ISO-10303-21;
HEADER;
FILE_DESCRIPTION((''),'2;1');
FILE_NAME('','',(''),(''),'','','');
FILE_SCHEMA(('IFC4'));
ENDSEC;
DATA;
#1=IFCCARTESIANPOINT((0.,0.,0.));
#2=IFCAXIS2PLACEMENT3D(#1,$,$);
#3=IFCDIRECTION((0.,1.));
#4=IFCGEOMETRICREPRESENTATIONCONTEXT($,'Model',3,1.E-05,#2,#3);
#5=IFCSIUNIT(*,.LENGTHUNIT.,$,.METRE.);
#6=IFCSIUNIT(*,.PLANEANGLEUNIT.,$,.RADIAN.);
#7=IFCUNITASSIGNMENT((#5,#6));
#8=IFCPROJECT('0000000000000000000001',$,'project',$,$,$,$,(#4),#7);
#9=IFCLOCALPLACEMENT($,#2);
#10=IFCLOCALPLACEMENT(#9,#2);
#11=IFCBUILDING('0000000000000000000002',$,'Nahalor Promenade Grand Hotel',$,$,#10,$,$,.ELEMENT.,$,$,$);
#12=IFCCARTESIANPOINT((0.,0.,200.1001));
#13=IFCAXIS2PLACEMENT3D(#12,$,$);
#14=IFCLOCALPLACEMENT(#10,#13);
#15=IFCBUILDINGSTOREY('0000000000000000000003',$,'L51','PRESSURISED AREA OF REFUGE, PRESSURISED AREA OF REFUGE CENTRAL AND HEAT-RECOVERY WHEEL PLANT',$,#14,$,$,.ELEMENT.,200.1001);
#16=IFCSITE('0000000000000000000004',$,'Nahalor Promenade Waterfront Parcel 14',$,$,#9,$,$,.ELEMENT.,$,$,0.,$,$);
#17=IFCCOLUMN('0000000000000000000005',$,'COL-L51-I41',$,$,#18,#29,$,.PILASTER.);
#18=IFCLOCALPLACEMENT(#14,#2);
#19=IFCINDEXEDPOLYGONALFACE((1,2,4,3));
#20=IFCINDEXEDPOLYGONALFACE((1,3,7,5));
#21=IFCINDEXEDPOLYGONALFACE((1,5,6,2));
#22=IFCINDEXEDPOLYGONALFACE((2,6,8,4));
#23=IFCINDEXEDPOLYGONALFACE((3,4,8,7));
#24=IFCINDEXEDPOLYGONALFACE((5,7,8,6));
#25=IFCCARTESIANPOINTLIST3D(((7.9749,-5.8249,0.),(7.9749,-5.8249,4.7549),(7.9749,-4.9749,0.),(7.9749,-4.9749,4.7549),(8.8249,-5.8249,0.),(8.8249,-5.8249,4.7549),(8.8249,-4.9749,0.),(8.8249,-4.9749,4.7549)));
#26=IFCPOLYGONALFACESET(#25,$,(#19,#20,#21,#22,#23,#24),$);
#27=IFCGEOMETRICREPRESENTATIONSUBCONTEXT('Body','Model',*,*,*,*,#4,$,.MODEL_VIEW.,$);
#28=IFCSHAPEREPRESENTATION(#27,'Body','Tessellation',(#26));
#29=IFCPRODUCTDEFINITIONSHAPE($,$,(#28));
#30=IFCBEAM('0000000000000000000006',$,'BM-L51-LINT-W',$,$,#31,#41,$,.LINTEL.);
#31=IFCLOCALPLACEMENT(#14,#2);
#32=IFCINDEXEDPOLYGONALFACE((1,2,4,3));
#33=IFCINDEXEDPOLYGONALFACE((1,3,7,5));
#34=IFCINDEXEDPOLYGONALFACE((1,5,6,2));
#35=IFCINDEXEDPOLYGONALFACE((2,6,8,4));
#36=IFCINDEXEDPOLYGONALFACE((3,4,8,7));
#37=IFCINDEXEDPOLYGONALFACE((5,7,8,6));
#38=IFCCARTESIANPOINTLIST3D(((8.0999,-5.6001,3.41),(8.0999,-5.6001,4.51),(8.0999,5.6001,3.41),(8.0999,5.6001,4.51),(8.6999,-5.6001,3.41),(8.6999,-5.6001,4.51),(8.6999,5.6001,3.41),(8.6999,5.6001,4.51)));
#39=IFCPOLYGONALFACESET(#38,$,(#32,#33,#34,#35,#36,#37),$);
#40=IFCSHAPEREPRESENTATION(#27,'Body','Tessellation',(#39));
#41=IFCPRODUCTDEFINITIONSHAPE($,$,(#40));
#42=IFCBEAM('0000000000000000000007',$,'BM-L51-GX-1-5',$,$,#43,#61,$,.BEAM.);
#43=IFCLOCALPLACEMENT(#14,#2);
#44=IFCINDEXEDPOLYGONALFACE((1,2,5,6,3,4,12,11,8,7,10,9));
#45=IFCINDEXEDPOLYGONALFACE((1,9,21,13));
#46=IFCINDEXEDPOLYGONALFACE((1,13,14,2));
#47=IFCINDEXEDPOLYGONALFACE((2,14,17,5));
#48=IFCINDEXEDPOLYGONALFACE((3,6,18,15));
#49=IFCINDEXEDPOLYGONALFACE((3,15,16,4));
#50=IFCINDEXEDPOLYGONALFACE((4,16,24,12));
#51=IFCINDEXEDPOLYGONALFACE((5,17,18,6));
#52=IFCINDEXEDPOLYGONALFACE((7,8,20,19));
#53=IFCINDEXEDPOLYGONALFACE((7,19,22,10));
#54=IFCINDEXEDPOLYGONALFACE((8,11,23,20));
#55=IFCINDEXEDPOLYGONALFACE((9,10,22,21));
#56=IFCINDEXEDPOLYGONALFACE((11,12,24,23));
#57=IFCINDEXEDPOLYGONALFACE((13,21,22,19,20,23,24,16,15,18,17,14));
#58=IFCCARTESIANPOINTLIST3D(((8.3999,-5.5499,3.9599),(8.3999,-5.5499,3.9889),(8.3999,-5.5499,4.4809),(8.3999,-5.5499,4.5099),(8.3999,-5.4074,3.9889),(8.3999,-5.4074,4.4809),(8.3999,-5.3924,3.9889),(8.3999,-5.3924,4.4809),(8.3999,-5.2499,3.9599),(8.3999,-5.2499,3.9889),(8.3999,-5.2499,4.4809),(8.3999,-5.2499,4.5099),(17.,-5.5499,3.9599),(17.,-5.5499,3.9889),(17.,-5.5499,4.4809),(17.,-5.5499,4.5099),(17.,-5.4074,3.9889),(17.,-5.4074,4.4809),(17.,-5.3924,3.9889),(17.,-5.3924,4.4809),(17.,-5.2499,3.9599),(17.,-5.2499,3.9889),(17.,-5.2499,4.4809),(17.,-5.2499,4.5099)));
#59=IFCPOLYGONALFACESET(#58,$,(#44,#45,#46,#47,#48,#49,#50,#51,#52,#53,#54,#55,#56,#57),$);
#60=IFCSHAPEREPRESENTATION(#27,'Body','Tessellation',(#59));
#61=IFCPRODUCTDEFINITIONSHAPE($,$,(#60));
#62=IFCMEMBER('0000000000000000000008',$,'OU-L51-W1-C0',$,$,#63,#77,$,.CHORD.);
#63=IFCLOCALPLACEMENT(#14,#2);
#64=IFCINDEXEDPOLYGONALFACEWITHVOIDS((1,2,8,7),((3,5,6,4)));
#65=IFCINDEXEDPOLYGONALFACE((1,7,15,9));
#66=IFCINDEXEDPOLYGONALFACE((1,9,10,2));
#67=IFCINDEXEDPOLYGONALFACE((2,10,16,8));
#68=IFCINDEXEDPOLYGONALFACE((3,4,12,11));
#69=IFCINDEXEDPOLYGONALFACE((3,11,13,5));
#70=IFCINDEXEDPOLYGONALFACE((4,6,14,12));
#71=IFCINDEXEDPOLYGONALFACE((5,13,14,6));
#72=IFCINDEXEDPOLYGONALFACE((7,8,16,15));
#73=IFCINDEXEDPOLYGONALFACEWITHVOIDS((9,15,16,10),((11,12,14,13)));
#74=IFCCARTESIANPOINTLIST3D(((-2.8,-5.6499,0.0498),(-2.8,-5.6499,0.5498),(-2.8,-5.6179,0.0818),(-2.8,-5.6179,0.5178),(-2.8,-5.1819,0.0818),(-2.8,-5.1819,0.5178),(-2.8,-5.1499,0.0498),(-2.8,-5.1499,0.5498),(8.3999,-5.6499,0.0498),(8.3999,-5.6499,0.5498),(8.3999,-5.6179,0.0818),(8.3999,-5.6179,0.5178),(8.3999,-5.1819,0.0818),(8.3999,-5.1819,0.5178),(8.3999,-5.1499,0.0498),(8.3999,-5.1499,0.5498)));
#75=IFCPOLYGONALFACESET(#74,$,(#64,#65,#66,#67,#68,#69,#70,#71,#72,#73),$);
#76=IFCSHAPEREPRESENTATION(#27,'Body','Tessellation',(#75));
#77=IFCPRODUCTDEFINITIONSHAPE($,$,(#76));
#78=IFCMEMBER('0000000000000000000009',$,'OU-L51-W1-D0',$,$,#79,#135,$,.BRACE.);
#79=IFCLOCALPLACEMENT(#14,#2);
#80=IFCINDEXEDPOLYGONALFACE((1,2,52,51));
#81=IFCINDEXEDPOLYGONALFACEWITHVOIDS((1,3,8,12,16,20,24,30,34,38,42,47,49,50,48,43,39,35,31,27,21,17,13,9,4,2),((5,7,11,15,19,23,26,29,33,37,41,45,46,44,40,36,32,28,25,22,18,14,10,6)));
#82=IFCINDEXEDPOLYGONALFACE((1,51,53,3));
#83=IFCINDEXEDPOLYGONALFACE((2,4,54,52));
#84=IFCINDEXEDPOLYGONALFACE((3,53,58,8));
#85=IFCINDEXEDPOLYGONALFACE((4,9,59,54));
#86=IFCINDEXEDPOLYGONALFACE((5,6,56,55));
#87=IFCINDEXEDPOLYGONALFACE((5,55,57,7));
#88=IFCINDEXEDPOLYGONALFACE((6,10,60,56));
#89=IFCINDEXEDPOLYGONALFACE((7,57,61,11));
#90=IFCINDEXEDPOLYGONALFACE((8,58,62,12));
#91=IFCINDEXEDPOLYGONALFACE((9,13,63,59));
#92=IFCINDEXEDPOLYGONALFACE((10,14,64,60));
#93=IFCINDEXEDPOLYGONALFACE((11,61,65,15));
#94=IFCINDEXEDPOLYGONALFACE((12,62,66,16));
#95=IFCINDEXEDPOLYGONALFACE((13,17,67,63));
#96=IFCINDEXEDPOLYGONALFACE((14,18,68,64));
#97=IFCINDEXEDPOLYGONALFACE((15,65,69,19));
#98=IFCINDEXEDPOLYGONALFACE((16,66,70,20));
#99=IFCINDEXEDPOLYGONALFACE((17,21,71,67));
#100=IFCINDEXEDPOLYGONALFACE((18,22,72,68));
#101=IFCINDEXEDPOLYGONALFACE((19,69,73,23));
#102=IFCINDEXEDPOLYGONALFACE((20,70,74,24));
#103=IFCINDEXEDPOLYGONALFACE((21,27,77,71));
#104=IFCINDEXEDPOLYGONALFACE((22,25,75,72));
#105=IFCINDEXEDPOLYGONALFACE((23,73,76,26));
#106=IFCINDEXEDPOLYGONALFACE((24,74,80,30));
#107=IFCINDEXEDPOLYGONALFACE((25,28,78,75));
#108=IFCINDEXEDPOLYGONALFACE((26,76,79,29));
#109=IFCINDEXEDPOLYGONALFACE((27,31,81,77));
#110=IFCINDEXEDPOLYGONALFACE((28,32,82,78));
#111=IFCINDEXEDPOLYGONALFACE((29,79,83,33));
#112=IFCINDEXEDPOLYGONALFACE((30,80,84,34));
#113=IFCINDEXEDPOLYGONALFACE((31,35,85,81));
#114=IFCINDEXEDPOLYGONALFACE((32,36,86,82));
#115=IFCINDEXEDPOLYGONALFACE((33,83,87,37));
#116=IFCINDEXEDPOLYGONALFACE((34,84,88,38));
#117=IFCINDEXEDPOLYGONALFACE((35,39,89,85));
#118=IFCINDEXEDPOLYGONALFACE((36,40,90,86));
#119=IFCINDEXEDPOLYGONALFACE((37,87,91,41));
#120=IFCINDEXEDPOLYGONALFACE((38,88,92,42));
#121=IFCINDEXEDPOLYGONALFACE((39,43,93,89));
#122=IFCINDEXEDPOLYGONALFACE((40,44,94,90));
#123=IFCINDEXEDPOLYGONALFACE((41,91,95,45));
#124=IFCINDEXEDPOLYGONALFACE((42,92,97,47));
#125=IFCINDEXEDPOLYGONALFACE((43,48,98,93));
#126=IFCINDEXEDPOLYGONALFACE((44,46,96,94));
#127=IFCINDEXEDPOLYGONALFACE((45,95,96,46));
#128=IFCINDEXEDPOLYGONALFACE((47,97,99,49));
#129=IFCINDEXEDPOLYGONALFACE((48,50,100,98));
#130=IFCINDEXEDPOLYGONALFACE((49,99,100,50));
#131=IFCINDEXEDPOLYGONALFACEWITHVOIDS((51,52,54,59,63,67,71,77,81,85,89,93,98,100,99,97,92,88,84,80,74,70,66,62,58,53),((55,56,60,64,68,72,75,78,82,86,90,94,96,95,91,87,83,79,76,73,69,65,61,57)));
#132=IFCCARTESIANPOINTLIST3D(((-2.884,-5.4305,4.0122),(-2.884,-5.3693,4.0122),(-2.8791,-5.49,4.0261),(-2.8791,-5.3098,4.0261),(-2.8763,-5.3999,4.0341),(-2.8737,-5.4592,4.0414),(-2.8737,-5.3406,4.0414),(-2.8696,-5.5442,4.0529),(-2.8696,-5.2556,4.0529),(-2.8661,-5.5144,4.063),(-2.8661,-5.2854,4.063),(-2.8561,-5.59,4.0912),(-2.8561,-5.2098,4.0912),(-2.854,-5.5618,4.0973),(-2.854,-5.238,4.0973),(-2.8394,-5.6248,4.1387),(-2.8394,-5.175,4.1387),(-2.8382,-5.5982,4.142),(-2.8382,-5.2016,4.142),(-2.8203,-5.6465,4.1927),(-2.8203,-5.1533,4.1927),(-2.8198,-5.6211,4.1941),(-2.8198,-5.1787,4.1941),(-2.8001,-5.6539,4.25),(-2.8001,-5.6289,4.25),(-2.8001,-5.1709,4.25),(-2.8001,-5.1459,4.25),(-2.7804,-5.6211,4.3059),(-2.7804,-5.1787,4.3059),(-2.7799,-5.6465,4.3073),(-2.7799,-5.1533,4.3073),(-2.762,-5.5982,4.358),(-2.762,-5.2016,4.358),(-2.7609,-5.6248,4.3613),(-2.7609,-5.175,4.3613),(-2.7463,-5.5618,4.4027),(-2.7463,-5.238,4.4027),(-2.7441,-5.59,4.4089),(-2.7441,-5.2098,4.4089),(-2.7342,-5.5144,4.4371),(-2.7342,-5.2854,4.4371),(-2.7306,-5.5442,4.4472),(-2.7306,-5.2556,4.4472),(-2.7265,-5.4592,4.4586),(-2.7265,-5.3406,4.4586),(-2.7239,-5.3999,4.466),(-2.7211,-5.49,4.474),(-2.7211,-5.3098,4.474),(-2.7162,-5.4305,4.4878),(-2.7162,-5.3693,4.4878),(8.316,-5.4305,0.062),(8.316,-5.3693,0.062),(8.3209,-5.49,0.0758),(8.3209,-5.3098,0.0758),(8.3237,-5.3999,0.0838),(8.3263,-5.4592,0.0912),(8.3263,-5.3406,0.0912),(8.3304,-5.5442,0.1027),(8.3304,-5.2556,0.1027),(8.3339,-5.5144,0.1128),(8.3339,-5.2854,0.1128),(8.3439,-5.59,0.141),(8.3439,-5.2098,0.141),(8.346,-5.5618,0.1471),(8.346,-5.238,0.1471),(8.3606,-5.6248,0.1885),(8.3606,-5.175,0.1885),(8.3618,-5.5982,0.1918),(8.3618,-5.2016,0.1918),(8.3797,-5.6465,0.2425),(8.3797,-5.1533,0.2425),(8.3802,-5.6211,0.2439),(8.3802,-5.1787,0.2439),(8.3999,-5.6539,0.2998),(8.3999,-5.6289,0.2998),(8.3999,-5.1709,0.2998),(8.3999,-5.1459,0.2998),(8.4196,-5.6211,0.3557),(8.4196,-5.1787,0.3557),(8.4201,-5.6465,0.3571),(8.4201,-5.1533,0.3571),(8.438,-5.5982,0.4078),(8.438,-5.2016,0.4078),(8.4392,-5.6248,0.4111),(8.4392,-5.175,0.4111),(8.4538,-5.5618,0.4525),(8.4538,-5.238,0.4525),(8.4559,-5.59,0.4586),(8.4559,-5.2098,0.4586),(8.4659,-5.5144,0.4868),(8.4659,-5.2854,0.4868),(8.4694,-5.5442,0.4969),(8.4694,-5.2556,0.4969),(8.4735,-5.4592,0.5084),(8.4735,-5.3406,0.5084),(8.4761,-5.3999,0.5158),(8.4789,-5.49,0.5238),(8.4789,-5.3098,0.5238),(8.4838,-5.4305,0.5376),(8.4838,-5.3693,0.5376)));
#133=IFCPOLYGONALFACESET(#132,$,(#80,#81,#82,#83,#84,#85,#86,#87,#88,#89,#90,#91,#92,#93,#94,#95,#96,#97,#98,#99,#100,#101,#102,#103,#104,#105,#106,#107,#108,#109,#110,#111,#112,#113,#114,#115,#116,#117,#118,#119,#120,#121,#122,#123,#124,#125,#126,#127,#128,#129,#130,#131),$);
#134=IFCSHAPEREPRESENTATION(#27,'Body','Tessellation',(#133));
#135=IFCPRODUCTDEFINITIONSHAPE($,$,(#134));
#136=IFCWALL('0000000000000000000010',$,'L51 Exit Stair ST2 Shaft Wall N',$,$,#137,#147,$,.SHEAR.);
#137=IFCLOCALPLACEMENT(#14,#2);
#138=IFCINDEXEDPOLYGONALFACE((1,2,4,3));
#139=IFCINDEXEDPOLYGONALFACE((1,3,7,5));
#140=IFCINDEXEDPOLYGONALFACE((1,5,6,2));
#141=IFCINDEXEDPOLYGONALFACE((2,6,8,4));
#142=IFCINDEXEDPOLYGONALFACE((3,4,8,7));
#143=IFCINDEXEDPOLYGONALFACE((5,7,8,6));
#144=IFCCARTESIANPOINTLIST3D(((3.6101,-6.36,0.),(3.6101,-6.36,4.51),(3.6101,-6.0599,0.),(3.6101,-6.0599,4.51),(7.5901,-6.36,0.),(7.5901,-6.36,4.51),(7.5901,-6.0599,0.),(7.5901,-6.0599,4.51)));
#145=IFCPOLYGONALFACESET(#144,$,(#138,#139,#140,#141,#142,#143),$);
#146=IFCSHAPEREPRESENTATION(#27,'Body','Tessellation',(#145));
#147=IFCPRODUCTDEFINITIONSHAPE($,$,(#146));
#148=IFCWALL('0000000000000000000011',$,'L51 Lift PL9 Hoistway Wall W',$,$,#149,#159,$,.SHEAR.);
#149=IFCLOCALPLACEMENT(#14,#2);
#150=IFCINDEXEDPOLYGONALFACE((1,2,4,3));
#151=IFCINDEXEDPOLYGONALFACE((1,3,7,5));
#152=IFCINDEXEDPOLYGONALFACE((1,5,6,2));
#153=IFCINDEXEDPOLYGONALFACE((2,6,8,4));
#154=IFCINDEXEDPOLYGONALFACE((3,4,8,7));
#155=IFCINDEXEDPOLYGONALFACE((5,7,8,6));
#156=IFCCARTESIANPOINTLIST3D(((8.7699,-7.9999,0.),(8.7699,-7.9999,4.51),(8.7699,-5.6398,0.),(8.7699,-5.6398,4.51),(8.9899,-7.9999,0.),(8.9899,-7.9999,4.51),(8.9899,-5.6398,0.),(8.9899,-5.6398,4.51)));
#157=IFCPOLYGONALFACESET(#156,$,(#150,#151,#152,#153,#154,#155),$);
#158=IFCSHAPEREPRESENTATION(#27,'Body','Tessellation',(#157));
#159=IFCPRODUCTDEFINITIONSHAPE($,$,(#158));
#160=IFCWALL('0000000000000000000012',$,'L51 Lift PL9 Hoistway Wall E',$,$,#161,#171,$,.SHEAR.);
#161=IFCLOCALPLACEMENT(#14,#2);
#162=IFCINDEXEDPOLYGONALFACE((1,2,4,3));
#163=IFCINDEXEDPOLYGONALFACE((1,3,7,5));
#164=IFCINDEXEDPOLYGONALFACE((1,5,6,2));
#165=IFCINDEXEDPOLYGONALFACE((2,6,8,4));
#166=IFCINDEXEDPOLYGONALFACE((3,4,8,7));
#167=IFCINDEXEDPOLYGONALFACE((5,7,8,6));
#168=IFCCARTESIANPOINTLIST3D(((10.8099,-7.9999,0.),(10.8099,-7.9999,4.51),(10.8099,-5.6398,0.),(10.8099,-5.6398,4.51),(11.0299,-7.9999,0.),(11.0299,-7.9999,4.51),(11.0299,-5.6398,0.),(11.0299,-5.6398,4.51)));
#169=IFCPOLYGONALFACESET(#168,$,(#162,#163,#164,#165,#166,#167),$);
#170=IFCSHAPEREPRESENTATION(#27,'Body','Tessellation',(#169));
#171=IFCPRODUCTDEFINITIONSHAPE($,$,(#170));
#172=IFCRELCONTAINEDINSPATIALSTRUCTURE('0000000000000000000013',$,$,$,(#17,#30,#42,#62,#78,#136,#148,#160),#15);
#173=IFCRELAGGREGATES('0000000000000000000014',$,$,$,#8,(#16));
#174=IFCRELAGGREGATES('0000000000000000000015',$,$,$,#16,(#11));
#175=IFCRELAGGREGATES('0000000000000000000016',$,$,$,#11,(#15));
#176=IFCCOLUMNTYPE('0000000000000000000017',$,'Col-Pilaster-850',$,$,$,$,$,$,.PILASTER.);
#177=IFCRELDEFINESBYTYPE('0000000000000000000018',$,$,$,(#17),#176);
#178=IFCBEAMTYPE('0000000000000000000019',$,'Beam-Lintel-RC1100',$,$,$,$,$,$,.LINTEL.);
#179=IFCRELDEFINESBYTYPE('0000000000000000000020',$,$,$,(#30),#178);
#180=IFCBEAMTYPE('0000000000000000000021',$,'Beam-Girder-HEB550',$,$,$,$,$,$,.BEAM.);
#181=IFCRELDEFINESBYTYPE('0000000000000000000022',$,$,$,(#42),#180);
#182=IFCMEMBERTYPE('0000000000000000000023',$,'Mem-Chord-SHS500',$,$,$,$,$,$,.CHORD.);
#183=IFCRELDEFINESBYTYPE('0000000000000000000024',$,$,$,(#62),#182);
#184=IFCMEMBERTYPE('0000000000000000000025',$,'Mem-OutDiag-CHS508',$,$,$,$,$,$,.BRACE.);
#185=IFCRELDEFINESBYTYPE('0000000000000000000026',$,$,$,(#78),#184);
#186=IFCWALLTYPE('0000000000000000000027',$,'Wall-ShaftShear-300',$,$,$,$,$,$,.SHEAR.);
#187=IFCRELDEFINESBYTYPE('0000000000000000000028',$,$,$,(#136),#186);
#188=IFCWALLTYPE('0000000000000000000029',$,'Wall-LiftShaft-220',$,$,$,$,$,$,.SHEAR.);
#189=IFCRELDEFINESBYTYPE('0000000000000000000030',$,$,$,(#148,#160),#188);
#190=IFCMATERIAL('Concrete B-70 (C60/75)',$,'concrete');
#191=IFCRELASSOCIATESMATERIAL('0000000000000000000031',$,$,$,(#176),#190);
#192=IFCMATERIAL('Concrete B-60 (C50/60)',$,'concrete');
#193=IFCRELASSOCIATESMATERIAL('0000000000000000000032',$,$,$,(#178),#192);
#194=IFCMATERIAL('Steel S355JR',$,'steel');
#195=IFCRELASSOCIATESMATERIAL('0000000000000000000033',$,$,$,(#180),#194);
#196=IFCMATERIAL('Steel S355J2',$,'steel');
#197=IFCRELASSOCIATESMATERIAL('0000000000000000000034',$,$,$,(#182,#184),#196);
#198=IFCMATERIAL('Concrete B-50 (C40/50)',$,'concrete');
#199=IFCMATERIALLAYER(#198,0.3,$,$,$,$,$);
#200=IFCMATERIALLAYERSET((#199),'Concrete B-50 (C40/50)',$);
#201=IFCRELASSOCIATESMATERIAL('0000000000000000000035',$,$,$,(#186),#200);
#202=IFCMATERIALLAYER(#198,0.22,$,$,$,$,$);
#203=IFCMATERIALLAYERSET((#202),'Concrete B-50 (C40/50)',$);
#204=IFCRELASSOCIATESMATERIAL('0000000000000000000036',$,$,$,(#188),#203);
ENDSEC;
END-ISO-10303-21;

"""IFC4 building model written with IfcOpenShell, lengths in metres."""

from ifc_helpers import new_model, si_unit, direction, frame, frame_2d, origin, origin_2d, place, context, subcontext, project, spatial, rectangle, hollow_rectangle, hollow_circle, i_section, extrude, source, transform, mapped, material, layer, layer_set, material_profile, profile_set, type_object, element, save


model = new_model("IFC4")

# Units and contexts
model_context = context("Model", 3, precision=1e-05, world=origin(), true_north=direction((0.0, 1.0)))
body_context = subcontext(model_context, "Body", "Model", "MODEL_VIEW")
ifc_project = project(units=[si_unit("LENGTHUNIT", "METRE"), si_unit("PLANEANGLEUNIT", "RADIAN")], contexts=[model_context])

# Site, building, storey
site_placement = place(None, origin())
site = spatial("IfcSite", under=ifc_project, at=site_placement, Name="Nahalor Promenade Waterfront Parcel 14", CompositionType="ELEMENT", RefElevation=0.0)
building_placement = place(site_placement, origin())
building = spatial("IfcBuilding", under=site, at=building_placement, Name="Nahalor Promenade Grand Hotel", CompositionType="ELEMENT")
storey_placement = place(building_placement, frame((0.0, 0.0, 200.1001)))
storey = spatial("IfcBuildingStorey", under=building, at=storey_placement, Name="L51", Description="PRESSURISED AREA OF REFUGE, PRESSURISED AREA OF REFUGE CENTRAL AND HEAT-RECOVERY WHEEL PLANT", CompositionType="ELEMENT", Elevation=200.1001)

# Column
ifc_material_1 = material(Name="Concrete B-70 (C60/75)", Category="concrete")
ifc_material_profile_1 = material_profile(ifc_material_1, rectangle(XDim=0.85, YDim=0.85, at=origin_2d()), Name="RC 850x850")
ifc_profile_set_1 = profile_set([ifc_material_profile_1], Name="Concrete B-70 (C60/75)")
column_type = type_object("IfcColumnType", Name="Col-Pilaster-850", PredefinedType="PILASTER", material=ifc_profile_set_1)
shared_shape_1 = source(origin(), body_context, "Body", "SweptSolid", [
    extrude(rectangle(XDim=0.85, YDim=0.85, at=origin_2d()), origin(), (0.0, 0.0, 1.0), 4.7549),
])
column_placement = place(storey_placement, frame((8.3999, -5.3999, 0.0), z_axis=(0.0, 0.0, 1.0), x_axis=(1.0, 0.0, 0.0)))
element("IfcColumn", 1, at=column_placement, inside=storey, type_object=column_type, Name="COL-L51-I41", PredefinedType="PILASTER", context=body_context, shape_type="MappedRepresentation", body=[
    mapped(shared_shape_1, transform((0.0, 0.0, 0.0), scale=1.0)),
])

# Beams
ifc_material_2 = material(Name="Concrete B-60 (C50/60)", Category="concrete")
ifc_material_profile_2 = material_profile(ifc_material_2, rectangle(XDim=0.6, YDim=1.1, at=origin_2d()), Name="RC 600x1100")
ifc_profile_set_2 = profile_set([ifc_material_profile_2], Name="Concrete B-60 (C50/60)")
beam_type_1 = type_object("IfcBeamType", Name="Beam-Lintel-RC1100", PredefinedType="LINTEL", material=ifc_profile_set_2)
shared_shape_2 = source(origin(), body_context, "Body", "SweptSolid", [
    extrude(rectangle(XDim=0.6, YDim=1.1, at=origin_2d()), origin(), (0.0, 0.0, 1.0), 11.2002),
])
beam_1_placement = place(storey_placement, frame((8.3999, -5.6001, 3.96), z_axis=(0.0, 1.0, 0.0), x_axis=(-1.0, 0.0, 0.0)))
element("IfcBeam", 2, at=beam_1_placement, inside=storey, type_object=beam_type_1, Name="BM-L51-LINT-W", PredefinedType="LINTEL", context=body_context, shape_type="MappedRepresentation", body=[
    mapped(shared_shape_2, transform((0.0, 0.0, 0.0), scale=1.0)),
])
ifc_material_3 = material(Name="Steel S355JR", Category="steel")
ifc_material_profile_3 = material_profile(ifc_material_3, i_section(OverallWidth=0.3, OverallDepth=0.55, WebThickness=0.015, FlangeThickness=0.029, at=origin_2d()), Name="HEB 550")
ifc_profile_set_3 = profile_set([ifc_material_profile_3], Name="Steel S355JR")
beam_type_2 = type_object("IfcBeamType", Name="Beam-Girder-HEB550", PredefinedType="BEAM", material=ifc_profile_set_3)
shared_shape_3 = source(origin(), body_context, "Body", "SweptSolid", [
    extrude(i_section(OverallWidth=0.3, OverallDepth=0.55, WebThickness=0.015, FlangeThickness=0.029, at=origin_2d()), origin(), (0.0, 0.0, 1.0), 8.6001),
])
beam_2_placement = place(storey_placement, frame((8.3999, -5.3999, 4.2349), z_axis=(1.0, 0.0, 0.0), x_axis=(0.0, 1.0, 0.0)))
element("IfcBeam", 3, at=beam_2_placement, inside=storey, type_object=beam_type_2, Name="BM-L51-GX-1-5", PredefinedType="BEAM", context=body_context, shape_type="MappedRepresentation", body=[
    mapped(shared_shape_3, transform((0.0, 0.0, 0.0), scale=1.0)),
])

# Members
ifc_material_4 = material(Name="Steel S355J2", Category="steel")
ifc_material_profile_4 = material_profile(ifc_material_4, hollow_rectangle(XDim=0.5, YDim=0.5, WallThickness=0.032, at=origin_2d()), Name="SHS 500x500x32")
ifc_profile_set_4 = profile_set([ifc_material_profile_4], Name="Steel S355J2")
member_type_1 = type_object("IfcMemberType", Name="Mem-Chord-SHS500", PredefinedType="CHORD", material=ifc_profile_set_4)
shared_shape_4 = source(origin(), body_context, "Body", "SweptSolid", [
    extrude(hollow_rectangle(XDim=0.5, YDim=0.5, WallThickness=0.032, at=origin_2d()), origin(), (0.0, 0.0, 1.0), 11.2),
])
member_1_placement = place(storey_placement, frame((8.3999, -5.3999, 0.2998), z_axis=(-1.0, 0.0, 0.0), x_axis=(0.0, -1.0, 0.0)))
element("IfcMember", 4, at=member_1_placement, inside=storey, type_object=member_type_1, Name="OU-L51-W1-C0", PredefinedType="CHORD", context=body_context, shape_type="MappedRepresentation", body=[
    mapped(shared_shape_4, transform((0.0, 0.0, 0.0), scale=1.0)),
])
ifc_material_profile_5 = material_profile(ifc_material_4, hollow_circle(Radius=0.254, WallThickness=0.025, at=origin_2d()), Name="CHS 508x25")
ifc_profile_set_5 = profile_set([ifc_material_profile_5], Name="Steel S355J2")
member_type_2 = type_object("IfcMemberType", Name="Mem-OutDiag-CHS508", PredefinedType="BRACE", material=ifc_profile_set_5)
shared_shape_5 = source(origin(), body_context, "Body", "SweptSolid", [
    extrude(hollow_circle(Radius=0.254, WallThickness=0.025, at=origin_2d()), origin(), (0.0, 0.0, 1.0), 11.8762),
])
member_2_placement = place(storey_placement, frame((8.3999, -5.3999, 0.2998), z_axis=(-0.943062, 0.0, 0.332616), x_axis=(0.0, -1.0, 0.0)))
element("IfcMember", 5, at=member_2_placement, inside=storey, type_object=member_type_2, Name="OU-L51-W1-D0", PredefinedType="BRACE", context=body_context, shape_type="MappedRepresentation", body=[
    mapped(shared_shape_5, transform((0.0, 0.0, 0.0), scale=1.0)),
])

# Walls
ifc_material_5 = material(Name="Concrete B-50 (C40/50)", Category="concrete")
ifc_layer_1 = layer(ifc_material_5, 0.3)
ifc_layer_set_1 = layer_set([ifc_layer_1], Name="Concrete B-50 (C40/50)")
wall_type_1 = type_object("IfcWallType", Name="Wall-ShaftShear-300", PredefinedType="SHEAR", material=ifc_layer_set_1)
shared_shape_6 = source(origin(), body_context, "Body", "SweptSolid", [
    extrude(rectangle(XDim=3.98, YDim=0.3, at=frame_2d((1.99, 0.0))), origin(), (0.0, 0.0, 1.0), 4.51),
])
wall_1_placement = place(storey_placement, frame((3.6101, -6.21, 0.0), z_axis=(0.0, 0.0, 1.0), x_axis=(1.0, 0.0, 0.0)))
element("IfcWall", 6, at=wall_1_placement, inside=storey, type_object=wall_type_1, Name="L51 Exit Stair ST2 Shaft Wall N", PredefinedType="SHEAR", context=body_context, shape_type="MappedRepresentation", body=[
    mapped(shared_shape_6, transform((0.0, 0.0, 0.0), scale=1.0)),
])
ifc_layer_2 = layer(ifc_material_5, 0.22)
ifc_layer_set_2 = layer_set([ifc_layer_2], Name="Concrete B-50 (C40/50)")
wall_type_2 = type_object("IfcWallType", Name="Wall-LiftShaft-220", PredefinedType="SHEAR", material=ifc_layer_set_2)
shared_shape_7 = source(origin(), body_context, "Body", "SweptSolid", [
    extrude(rectangle(XDim=2.3601, YDim=0.22, at=frame_2d((1.1802, 0.0))), origin(), (0.0, 0.0, 1.0), 4.51),
])
for number, where, z_axis, x_axis, name in (
    (7, (8.8799, -8.0, 0.0), (0.0, 0.0, 1.0), (0.0, 1.0, 0.0), "L51 Lift PL9 Hoistway Wall W"),
    (8, (10.9199, -8.0, 0.0), (0.0, 0.0, 1.0), (0.0, 1.0, 0.0), "L51 Lift PL9 Hoistway Wall E"),
):
    element("IfcWall", number, at=place(storey_placement, frame(where, z_axis=z_axis, x_axis=x_axis)), inside=storey, type_object=wall_type_2, Name=name, PredefinedType="SHEAR", context=body_context, shape_type="MappedRepresentation", body=[
        mapped(shared_shape_7, transform((0.0, 0.0, 0.0), scale=1.0)),
    ])

save(model, "model.ifc")
